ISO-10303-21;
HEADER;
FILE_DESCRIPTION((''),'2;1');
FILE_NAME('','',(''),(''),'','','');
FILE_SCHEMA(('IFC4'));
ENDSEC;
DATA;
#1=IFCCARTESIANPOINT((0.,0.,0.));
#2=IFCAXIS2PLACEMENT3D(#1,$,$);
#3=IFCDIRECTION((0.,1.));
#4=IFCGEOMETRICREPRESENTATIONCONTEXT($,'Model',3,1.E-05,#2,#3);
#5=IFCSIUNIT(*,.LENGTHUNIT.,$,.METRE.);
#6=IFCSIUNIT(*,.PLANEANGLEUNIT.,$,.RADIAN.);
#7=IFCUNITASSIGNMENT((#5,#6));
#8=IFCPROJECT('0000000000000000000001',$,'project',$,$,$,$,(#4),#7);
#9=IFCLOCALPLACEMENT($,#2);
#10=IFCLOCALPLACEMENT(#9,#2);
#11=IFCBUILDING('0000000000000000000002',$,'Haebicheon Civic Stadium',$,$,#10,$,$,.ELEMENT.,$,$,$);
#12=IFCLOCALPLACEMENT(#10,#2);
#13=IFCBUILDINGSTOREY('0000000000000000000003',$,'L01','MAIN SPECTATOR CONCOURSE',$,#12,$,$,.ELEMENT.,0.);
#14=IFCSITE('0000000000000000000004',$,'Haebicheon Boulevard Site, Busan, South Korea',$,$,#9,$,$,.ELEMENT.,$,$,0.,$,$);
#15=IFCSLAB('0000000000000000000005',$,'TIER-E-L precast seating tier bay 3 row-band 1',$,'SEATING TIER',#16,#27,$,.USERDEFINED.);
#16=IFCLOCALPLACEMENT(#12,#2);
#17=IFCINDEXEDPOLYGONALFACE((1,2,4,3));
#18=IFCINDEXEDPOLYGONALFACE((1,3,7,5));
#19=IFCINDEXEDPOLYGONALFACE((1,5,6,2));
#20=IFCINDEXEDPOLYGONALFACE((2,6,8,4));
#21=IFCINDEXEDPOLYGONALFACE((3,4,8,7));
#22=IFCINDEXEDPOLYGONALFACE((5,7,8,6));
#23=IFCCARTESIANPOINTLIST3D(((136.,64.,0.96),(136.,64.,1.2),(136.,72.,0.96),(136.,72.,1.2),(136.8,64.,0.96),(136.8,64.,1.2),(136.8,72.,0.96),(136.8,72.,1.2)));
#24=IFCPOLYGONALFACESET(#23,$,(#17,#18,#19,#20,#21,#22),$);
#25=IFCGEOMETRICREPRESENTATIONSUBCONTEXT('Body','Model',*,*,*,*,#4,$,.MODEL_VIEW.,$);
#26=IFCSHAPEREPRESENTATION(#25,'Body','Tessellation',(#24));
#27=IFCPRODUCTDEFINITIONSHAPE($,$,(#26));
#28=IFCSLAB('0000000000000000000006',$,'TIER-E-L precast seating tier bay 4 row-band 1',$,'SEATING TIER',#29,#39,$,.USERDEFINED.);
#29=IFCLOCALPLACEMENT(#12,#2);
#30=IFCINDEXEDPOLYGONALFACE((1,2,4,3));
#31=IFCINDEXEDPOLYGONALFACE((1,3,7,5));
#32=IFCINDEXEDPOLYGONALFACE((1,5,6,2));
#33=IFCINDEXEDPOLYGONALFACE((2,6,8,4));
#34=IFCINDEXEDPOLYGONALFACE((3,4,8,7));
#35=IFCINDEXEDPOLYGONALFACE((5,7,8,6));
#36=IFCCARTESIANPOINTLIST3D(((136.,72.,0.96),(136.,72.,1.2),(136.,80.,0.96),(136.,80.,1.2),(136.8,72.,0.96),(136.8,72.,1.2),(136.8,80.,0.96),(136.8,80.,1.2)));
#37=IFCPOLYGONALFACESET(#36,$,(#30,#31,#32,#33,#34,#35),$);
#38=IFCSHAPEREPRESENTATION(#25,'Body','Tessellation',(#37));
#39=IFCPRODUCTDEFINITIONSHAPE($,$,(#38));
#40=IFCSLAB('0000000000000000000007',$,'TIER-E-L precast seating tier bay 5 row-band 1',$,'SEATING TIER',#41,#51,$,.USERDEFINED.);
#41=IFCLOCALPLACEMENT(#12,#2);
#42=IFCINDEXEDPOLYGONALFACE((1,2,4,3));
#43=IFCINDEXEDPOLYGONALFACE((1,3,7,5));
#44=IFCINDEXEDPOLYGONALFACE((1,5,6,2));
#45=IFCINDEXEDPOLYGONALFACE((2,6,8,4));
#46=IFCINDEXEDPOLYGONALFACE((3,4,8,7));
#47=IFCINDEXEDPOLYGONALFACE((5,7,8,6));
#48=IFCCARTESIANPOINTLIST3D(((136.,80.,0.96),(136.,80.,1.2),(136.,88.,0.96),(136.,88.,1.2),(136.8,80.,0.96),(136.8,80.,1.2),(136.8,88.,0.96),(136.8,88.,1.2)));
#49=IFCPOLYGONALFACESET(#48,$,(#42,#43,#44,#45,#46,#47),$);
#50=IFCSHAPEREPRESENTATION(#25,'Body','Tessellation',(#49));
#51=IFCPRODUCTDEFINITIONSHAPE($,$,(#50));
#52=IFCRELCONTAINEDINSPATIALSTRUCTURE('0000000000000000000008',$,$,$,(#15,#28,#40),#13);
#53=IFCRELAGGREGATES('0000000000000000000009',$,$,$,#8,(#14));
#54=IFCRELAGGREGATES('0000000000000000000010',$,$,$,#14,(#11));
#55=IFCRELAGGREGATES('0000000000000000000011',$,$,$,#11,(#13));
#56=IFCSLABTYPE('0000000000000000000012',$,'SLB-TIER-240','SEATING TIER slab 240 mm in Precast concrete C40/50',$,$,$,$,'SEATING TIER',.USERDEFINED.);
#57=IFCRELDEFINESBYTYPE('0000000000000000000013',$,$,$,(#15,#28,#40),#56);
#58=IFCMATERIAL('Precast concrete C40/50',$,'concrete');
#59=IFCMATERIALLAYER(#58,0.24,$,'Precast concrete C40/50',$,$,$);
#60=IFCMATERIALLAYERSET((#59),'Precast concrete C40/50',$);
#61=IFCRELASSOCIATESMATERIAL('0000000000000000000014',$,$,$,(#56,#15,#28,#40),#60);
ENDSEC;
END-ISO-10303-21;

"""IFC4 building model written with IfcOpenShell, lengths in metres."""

from ifc_helpers import new_model, si_unit, direction, frame, origin, place, context, subcontext, project, spatial, polyline, outline, extrude, material, layer, layer_set, type_object, element, save


model = new_model("IFC4")

# Units and contexts
model_context = context("Model", 3, precision=1e-05, world=origin(), true_north=direction((0.0, 1.0)))
body_context = subcontext(model_context, "Body", "Model", "MODEL_VIEW")
ifc_project = project(units=[si_unit("LENGTHUNIT", "METRE"), si_unit("PLANEANGLEUNIT", "RADIAN")], contexts=[model_context])

# Site, building, storey
site_placement = place(None, origin())
site = spatial("IfcSite", under=ifc_project, at=site_placement, Name="Haebicheon Boulevard Site, Busan, South Korea", CompositionType="ELEMENT", RefElevation=0.0)
building_placement = place(site_placement, origin())
building = spatial("IfcBuilding", under=site, at=building_placement, Name="Haebicheon Civic Stadium", CompositionType="ELEMENT")
storey_placement = place(building_placement, origin())
storey = spatial("IfcBuildingStorey", under=building, at=storey_placement, Name="L01", Description="MAIN SPECTATOR CONCOURSE", CompositionType="ELEMENT", Elevation=0.0)

# Slabs
ifc_material_1 = material(Name="Precast concrete C40/50", Category="concrete")
ifc_layer_1 = layer(ifc_material_1, 0.24, Name="Precast concrete C40/50")
ifc_layer_set_1 = layer_set([ifc_layer_1], Name="Precast concrete C40/50")
slab_type_1 = type_object("IfcSlabType", Name="SLB-TIER-240", Description="SEATING TIER slab 240 mm in Precast concrete C40/50", ElementType="SEATING TIER", PredefinedType="USERDEFINED", material=ifc_layer_set_1)
slab_1_placement = place(storey_placement, frame((0.0, 0.0, 0.96)))
element("IfcSlab", 1, at=slab_1_placement, inside=storey, type_object=slab_type_1, material=ifc_layer_set_1, Name="TIER-E-L precast seating tier bay 3 row-band 1", ObjectType="SEATING TIER", PredefinedType="USERDEFINED", context=body_context, shape_type="SweptSolid", body=[
    extrude(outline(polyline([(136.0, 64.0), (136.8, 64.0), (136.8, 72.0), (136.0, 72.0), (136.0, 64.0)])), origin(), (0.0, 0.0, 1.0), 0.24),
])
slab_2_placement = place(storey_placement, frame((0.0, 0.0, 0.96)))
element("IfcSlab", 2, at=slab_2_placement, inside=storey, type_object=slab_type_1, material=ifc_layer_set_1, Name="TIER-E-L precast seating tier bay 4 row-band 1", ObjectType="SEATING TIER", PredefinedType="USERDEFINED", context=body_context, shape_type="SweptSolid", body=[
    extrude(outline(polyline([(136.0, 72.0), (136.8, 72.0), (136.8, 80.0), (136.0, 80.0), (136.0, 72.0)])), origin(), (0.0, 0.0, 1.0), 0.24),
])
slab_3_placement = place(storey_placement, frame((0.0, 0.0, 0.96)))
element("IfcSlab", 3, at=slab_3_placement, inside=storey, type_object=slab_type_1, material=ifc_layer_set_1, Name="TIER-E-L precast seating tier bay 5 row-band 1", ObjectType="SEATING TIER", PredefinedType="USERDEFINED", context=body_context, shape_type="SweptSolid", body=[
    extrude(outline(polyline([(136.0, 80.0), (136.8, 80.0), (136.8, 88.0), (136.0, 88.0), (136.0, 80.0)])), origin(), (0.0, 0.0, 1.0), 0.24),
])

save(model, "model.ifc")
